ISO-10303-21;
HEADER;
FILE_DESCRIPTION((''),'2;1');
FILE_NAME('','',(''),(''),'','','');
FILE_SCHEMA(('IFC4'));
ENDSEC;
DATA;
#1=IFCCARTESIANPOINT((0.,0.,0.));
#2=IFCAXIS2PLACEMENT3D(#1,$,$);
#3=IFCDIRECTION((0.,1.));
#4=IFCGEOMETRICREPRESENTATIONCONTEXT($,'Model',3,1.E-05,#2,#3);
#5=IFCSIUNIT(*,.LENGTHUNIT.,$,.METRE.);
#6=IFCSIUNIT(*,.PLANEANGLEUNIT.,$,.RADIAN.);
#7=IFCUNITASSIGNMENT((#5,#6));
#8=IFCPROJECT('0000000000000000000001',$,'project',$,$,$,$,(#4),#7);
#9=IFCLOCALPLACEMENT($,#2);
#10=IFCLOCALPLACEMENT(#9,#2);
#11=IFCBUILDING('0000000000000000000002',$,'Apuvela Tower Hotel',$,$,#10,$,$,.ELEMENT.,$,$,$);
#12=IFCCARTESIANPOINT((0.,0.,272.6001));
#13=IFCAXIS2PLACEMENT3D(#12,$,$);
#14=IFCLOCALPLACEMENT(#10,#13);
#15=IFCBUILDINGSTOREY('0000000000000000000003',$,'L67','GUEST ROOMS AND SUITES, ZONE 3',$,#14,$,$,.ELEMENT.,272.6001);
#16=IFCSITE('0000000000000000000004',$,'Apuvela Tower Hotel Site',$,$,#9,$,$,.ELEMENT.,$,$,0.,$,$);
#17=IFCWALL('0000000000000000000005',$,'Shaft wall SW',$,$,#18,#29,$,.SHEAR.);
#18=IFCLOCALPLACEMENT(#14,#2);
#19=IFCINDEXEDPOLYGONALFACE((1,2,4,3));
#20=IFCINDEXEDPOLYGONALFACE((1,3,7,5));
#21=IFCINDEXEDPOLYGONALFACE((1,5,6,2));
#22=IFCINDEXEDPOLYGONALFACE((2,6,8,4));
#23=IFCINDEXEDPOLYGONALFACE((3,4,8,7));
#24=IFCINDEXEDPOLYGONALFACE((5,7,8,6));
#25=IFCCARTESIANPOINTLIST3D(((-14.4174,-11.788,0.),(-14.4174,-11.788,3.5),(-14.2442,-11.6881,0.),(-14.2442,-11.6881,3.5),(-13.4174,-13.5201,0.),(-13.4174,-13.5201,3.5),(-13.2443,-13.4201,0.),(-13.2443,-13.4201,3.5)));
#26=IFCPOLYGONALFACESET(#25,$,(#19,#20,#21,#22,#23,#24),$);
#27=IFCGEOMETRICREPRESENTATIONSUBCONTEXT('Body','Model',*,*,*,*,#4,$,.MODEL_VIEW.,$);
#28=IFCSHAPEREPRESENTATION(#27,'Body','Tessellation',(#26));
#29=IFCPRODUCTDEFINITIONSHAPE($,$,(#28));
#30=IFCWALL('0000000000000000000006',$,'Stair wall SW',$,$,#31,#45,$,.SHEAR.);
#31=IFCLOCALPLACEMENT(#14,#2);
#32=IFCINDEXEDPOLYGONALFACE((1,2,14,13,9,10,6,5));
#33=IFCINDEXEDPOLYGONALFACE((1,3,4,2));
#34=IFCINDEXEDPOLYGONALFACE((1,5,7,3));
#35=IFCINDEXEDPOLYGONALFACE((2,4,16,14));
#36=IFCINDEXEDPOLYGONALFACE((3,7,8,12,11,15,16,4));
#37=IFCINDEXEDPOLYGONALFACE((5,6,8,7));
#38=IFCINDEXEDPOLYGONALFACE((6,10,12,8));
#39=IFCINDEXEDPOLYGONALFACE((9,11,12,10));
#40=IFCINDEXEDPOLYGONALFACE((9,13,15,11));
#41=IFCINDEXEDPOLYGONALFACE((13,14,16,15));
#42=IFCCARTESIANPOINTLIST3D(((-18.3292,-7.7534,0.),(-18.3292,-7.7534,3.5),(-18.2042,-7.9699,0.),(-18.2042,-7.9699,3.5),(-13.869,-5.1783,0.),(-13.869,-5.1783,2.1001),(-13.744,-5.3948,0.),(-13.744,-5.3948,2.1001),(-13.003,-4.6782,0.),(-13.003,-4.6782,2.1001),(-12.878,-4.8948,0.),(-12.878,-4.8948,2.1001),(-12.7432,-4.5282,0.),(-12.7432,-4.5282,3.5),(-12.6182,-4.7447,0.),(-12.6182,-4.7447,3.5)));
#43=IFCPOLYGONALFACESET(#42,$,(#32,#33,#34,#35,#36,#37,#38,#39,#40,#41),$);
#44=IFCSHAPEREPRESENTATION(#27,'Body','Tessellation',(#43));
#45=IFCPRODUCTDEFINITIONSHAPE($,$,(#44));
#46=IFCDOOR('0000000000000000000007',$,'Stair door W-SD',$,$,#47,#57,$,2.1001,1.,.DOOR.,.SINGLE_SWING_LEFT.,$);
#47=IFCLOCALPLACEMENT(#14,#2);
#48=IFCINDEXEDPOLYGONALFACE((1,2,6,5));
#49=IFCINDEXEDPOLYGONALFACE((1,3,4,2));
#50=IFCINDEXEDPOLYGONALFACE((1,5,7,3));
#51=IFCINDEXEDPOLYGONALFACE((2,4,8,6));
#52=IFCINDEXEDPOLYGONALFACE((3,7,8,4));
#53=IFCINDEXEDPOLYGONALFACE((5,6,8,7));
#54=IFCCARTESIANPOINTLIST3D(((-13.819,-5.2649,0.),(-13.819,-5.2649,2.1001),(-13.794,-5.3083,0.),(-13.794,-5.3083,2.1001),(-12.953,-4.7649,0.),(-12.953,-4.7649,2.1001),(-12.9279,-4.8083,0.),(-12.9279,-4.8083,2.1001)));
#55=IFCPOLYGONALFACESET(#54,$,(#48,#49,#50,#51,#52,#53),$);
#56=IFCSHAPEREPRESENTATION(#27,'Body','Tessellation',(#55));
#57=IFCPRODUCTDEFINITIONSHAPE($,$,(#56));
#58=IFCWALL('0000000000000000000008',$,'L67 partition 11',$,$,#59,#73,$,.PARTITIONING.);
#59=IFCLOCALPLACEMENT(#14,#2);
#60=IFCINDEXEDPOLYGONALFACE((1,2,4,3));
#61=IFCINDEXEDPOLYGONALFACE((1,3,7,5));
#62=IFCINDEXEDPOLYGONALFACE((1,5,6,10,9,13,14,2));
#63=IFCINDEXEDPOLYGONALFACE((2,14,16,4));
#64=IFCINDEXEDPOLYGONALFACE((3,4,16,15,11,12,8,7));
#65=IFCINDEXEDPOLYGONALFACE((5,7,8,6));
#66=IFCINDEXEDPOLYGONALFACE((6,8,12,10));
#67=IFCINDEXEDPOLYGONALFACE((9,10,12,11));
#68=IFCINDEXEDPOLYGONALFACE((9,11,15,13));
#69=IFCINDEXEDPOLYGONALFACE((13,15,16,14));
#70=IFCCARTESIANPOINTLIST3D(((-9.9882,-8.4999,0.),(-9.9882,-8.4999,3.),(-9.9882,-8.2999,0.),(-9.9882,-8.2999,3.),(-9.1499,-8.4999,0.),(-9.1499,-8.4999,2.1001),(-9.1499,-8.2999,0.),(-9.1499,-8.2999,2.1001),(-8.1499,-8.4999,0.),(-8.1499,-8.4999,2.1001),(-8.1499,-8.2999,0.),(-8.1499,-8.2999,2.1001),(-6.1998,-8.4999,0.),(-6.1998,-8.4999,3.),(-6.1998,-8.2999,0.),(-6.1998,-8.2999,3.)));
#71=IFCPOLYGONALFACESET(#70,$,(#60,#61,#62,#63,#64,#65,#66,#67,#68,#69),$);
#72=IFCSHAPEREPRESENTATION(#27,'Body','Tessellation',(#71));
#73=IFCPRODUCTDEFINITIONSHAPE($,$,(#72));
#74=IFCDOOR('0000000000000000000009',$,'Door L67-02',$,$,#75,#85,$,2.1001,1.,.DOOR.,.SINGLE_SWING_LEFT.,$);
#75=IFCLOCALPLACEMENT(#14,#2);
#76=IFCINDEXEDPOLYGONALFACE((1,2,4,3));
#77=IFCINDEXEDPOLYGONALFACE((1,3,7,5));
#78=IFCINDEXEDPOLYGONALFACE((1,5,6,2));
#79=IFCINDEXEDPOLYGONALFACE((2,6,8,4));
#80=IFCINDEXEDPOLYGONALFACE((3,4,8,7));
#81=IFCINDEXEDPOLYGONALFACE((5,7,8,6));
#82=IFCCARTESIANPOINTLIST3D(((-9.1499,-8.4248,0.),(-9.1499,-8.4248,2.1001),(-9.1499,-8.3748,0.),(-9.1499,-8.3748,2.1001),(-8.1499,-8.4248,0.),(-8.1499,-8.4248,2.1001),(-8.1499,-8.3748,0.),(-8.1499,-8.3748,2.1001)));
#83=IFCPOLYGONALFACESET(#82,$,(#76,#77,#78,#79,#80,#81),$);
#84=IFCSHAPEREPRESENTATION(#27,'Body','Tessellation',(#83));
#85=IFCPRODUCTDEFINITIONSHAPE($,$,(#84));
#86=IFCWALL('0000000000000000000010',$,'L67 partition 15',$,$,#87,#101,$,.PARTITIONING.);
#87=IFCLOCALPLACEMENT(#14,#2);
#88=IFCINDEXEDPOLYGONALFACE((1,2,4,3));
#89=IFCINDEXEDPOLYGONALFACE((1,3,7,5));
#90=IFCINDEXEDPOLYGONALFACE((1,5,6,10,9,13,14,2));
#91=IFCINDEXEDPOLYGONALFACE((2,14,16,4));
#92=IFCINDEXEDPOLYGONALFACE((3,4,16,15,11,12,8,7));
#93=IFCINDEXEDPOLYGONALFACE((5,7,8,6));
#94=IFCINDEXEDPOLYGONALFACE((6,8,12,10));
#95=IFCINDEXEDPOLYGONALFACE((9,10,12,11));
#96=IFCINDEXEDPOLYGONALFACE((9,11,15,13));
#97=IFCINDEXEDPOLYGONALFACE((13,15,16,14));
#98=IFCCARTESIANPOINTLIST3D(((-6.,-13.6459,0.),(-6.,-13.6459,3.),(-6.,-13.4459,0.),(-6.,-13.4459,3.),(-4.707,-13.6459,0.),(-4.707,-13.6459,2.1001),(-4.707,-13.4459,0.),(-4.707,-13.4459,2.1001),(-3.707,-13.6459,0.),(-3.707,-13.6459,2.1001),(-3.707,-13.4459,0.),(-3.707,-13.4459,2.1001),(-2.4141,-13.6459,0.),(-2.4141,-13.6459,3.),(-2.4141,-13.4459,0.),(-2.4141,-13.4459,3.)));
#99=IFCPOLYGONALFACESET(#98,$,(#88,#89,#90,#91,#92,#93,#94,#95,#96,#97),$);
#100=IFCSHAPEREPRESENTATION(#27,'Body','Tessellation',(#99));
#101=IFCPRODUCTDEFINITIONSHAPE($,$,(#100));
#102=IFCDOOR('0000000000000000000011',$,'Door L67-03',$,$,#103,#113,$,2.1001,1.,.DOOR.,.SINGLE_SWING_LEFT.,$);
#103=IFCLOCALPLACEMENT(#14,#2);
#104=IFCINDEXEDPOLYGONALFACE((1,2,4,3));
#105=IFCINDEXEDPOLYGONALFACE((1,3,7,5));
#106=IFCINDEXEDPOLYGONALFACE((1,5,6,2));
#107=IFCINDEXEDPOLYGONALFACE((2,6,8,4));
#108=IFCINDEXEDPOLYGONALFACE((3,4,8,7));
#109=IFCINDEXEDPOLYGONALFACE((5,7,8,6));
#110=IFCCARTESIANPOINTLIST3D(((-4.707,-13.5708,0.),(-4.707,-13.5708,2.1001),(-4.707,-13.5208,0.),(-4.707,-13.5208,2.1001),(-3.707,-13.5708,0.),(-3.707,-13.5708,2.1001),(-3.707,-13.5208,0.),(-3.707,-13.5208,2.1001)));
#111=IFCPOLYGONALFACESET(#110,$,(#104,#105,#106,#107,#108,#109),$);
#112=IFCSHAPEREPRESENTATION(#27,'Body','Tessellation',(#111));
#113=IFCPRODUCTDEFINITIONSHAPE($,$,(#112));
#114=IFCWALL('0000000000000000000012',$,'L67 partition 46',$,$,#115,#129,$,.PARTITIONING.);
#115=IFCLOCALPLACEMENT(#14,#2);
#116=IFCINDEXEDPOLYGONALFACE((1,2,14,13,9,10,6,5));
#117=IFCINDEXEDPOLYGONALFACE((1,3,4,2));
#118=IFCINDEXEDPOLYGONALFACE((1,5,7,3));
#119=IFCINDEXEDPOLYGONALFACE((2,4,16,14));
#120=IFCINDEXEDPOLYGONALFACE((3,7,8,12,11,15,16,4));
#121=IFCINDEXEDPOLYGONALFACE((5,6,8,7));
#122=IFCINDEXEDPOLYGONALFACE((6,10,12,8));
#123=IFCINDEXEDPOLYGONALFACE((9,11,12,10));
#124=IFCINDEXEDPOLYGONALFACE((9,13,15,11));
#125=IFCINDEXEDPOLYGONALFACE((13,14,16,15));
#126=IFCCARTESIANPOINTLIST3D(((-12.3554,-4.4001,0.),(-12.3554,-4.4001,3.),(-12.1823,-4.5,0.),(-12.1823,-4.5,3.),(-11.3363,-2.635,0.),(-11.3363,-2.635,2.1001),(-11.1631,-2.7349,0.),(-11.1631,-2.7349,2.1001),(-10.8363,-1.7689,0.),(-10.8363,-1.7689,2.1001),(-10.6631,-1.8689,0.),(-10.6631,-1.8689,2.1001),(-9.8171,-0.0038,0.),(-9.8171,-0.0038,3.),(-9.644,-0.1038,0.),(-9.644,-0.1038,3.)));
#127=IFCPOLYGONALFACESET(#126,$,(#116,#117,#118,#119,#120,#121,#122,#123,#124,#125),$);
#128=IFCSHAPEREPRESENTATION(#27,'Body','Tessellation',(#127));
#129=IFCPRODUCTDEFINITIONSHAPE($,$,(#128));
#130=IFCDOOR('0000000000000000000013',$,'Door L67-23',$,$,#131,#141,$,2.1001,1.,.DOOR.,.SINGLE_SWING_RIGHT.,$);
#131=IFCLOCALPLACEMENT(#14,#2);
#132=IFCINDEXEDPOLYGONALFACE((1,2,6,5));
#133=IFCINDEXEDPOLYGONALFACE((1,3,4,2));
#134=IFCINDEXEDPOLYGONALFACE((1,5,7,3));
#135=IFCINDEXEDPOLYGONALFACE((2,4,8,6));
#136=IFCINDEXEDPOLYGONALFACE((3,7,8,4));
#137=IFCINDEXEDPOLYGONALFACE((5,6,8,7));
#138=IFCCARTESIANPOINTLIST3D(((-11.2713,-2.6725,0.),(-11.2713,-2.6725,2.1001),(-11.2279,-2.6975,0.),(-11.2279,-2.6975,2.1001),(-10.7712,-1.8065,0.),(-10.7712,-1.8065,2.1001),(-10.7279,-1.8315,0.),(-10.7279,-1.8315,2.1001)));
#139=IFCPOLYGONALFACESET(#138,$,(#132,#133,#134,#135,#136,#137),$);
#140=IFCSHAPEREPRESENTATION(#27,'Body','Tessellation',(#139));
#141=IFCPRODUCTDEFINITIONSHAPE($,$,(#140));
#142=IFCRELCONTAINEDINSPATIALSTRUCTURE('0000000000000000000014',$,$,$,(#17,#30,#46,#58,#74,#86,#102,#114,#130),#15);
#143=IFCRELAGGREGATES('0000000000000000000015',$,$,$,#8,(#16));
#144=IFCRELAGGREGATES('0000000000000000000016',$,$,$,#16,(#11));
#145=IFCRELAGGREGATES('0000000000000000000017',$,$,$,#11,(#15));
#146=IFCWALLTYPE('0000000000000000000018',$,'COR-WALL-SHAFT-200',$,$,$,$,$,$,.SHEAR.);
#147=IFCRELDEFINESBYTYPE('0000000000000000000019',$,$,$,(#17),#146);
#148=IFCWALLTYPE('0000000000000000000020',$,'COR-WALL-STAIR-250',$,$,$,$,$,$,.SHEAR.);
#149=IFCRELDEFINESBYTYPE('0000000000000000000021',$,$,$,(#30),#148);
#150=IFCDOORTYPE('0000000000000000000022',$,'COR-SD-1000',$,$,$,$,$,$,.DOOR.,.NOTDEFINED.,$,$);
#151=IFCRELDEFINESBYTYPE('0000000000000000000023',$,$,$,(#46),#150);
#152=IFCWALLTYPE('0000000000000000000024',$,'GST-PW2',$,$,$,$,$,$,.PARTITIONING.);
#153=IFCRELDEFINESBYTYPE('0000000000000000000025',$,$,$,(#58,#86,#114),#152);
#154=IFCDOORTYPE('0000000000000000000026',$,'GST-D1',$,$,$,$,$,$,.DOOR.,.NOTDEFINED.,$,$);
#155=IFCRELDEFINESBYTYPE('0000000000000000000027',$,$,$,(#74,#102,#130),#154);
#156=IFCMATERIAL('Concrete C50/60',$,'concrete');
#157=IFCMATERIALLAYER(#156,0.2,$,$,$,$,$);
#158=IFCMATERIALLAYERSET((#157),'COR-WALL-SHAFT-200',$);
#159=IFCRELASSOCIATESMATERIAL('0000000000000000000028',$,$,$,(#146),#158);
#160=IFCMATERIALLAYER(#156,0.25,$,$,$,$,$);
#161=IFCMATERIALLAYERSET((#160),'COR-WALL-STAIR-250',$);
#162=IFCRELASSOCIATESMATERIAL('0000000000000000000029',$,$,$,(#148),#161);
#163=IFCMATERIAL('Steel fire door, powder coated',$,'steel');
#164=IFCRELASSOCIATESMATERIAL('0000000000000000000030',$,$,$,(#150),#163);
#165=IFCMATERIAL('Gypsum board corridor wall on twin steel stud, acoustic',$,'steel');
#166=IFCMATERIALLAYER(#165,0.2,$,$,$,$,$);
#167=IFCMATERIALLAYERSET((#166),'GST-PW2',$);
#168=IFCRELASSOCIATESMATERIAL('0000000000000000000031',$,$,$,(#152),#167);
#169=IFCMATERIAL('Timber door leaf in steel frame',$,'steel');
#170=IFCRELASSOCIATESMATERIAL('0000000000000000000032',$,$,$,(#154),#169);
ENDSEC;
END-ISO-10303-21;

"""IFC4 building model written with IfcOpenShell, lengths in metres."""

from ifc_helpers import new_model, si_unit, direction, frame, frame_2d, origin, place, context, subcontext, project, spatial, rectangle, extrude, material, layer, layer_set, type_object, element, fill, save


model = new_model("IFC4")

# Units and contexts
model_context = context("Model", 3, precision=1e-05, world=origin(), true_north=direction((0.0, 1.0)))
body_context = subcontext(model_context, "Body", "Model", "MODEL_VIEW")
ifc_project = project(units=[si_unit("LENGTHUNIT", "METRE"), si_unit("PLANEANGLEUNIT", "RADIAN")], contexts=[model_context])

# Site, building, storey
site_placement = place(None, origin())
site = spatial("IfcSite", under=ifc_project, at=site_placement, Name="Apuvela Tower Hotel Site", CompositionType="ELEMENT", RefElevation=0.0)
building_placement = place(site_placement, origin())
building = spatial("IfcBuilding", under=site, at=building_placement, Name="Apuvela Tower Hotel", CompositionType="ELEMENT")
storey_placement = place(building_placement, frame((0.0, 0.0, 272.6001)))
storey = spatial("IfcBuildingStorey", under=building, at=storey_placement, Name="L67", Description="GUEST ROOMS AND SUITES, ZONE 3", CompositionType="ELEMENT", Elevation=272.6001)

# Shared definitions
ifc_material_1 = material(Name="Concrete C50/60", Category="concrete")

# Shared definitions
ifc_layer_1 = layer(ifc_material_1, 0.2)
ifc_layer_set_1 = layer_set([ifc_layer_1], Name="COR-WALL-SHAFT-200")
wall_type_1 = type_object("IfcWallType", Name="COR-WALL-SHAFT-200", PredefinedType="SHEAR", material=ifc_layer_set_1)

# Shared definitions
ifc_material_2 = material(Name="Steel fire door, powder coated", Category="steel")

# Wall
wall_1_placement = place(storey_placement, frame((-14.3308, -11.738, 0.0), z_axis=(0.0, 0.0, 1.0), x_axis=(0.499973, -0.866041, 0.0)))
element("IfcWall", 1, at=wall_1_placement, inside=storey, type_object=wall_type_1, Name="Shaft wall SW", PredefinedType="SHEAR", context=body_context, shape_type="SweptSolid", body=[
    extrude(rectangle(XDim=2.0, YDim=0.2, at=frame_2d((1.0, 0.0))), origin(), (0.0, 0.0, 1.0), 3.5),
])

# Walls, openings, doors
ifc_layer_2 = layer(ifc_material_1, 0.25)
ifc_layer_set_2 = layer_set([ifc_layer_2], Name="COR-WALL-STAIR-250")
wall_type_2 = type_object("IfcWallType", Name="COR-WALL-STAIR-250", PredefinedType="SHEAR", material=ifc_layer_set_2)
wall_2_placement = place(storey_placement, frame((-12.6807, -4.6365, 0.0), z_axis=(0.0, 0.0, 1.0), x_axis=(-0.866022, -0.500006, 0.0)))
wall_2 = element("IfcWall", 2, at=wall_2_placement, inside=storey, type_object=wall_type_2, Name="Stair wall SW", PredefinedType="SHEAR", context=body_context, shape_type="SweptSolid", body=[
    extrude(rectangle(XDim=6.4502, YDim=0.25, at=frame_2d((3.2251, 0.0))), origin(), (0.0, 0.0, 1.0), 3.5),
])
opening_1_placement = place(wall_2_placement, frame((0.3, 0.0, 0.0)))
opening_1 = element("IfcOpeningElement", 3, at=opening_1_placement, cuts=wall_2, PredefinedType="OPENING", context=body_context, shape_type="SweptSolid", body=[
    extrude(rectangle(XDim=1.0, YDim=2.1001, at=frame_2d((0.5, 1.05))), frame((0.0, 0.135, 0.0), z_axis=(0.0, -1.0, 0.0), x_axis=(1.0, 0.0, 0.0)), (0.0, 0.0, 1.0), 0.27),
])
door_type_1 = type_object("IfcDoorType", Name="COR-SD-1000", OperationType="NOTDEFINED", PredefinedType="DOOR", material=ifc_material_2)
door_1_placement = place(opening_1_placement, frame((1.0, 0.0, 0.0), z_axis=(0.0, 0.0, 1.0), x_axis=(-1.0, 0.0, 0.0)))
door_1 = element("IfcDoor", 4, at=door_1_placement, inside=storey, type_object=door_type_1, Name="Stair door W-SD", OperationType="SINGLE_SWING_LEFT", OverallHeight=2.1001, OverallWidth=1.0, PredefinedType="DOOR", context=body_context, shape_type="SweptSolid", body=[
    extrude(rectangle(XDim=1.0, YDim=2.1001, at=frame_2d((0.5, 1.05))), frame((0.0, 0.0249, 0.0), z_axis=(0.0, -1.0, 0.0), x_axis=(1.0, 0.0, 0.0)), (0.0, 0.0, 1.0), 0.05),
])
fill(opening_1, door_1)
ifc_material_3 = material(Name="Gypsum board corridor wall on twin steel stud, acoustic", Category="steel")
ifc_layer_3 = layer(ifc_material_3, 0.2)
ifc_layer_set_3 = layer_set([ifc_layer_3], Name="GST-PW2")
wall_type_3 = type_object("IfcWallType", Name="GST-PW2", PredefinedType="PARTITIONING", material=ifc_layer_set_3)
wall_3_placement = place(storey_placement, frame((-6.2, -8.3999, 0.0), z_axis=(0.0, 0.0, 1.0), x_axis=(-1.0, 0.0, 0.0)))
wall_3 = element("IfcWall", 5, at=wall_3_placement, inside=storey, type_object=wall_type_3, Name="L67 partition 11", PredefinedType="PARTITIONING", context=body_context, shape_type="SweptSolid", body=[
    extrude(rectangle(XDim=3.7883, YDim=0.2, at=frame_2d((1.894, 0.0))), origin(), (0.0, 0.0, 1.0), 3.0),
])
opening_2_placement = place(wall_3_placement, frame((1.95, 0.0, 0.0)))
opening_2 = element("IfcOpeningElement", 6, at=opening_2_placement, cuts=wall_3, PredefinedType="OPENING", context=body_context, shape_type="SweptSolid", body=[
    extrude(rectangle(XDim=1.0, YDim=2.1001, at=frame_2d((0.5, 1.05))), frame((0.0, 0.1099, 0.0), z_axis=(0.0, -1.0, 0.0), x_axis=(1.0, 0.0, 0.0)), (0.0, 0.0, 1.0), 0.22),
])
ifc_material_4 = material(Name="Timber door leaf in steel frame", Category="steel")
door_type_2 = type_object("IfcDoorType", Name="GST-D1", OperationType="NOTDEFINED", PredefinedType="DOOR", material=ifc_material_4)
door_2_placement = place(opening_2_placement, origin())
door_2 = element("IfcDoor", 7, at=door_2_placement, inside=storey, type_object=door_type_2, Name="Door L67-02", OperationType="SINGLE_SWING_LEFT", OverallHeight=2.1001, OverallWidth=1.0, PredefinedType="DOOR", context=body_context, shape_type="SweptSolid", body=[
    extrude(rectangle(XDim=1.0, YDim=2.1001, at=frame_2d((0.5, 1.05))), frame((0.0, 0.0249, 0.0), z_axis=(0.0, -1.0, 0.0), x_axis=(1.0, 0.0, 0.0)), (0.0, 0.0, 1.0), 0.05),
])
fill(opening_2, door_2)
wall_4_placement = place(storey_placement, frame((-2.4141, -13.5459, 0.0), z_axis=(0.0, 0.0, 1.0), x_axis=(-1.0, 0.0, 0.0)))
wall_4 = element("IfcWall", 8, at=wall_4_placement, inside=storey, type_object=wall_type_3, Name="L67 partition 15", PredefinedType="PARTITIONING", context=body_context, shape_type="SweptSolid", body=[
    extrude(rectangle(XDim=3.5859, YDim=0.2, at=frame_2d((1.793, 0.0))), origin(), (0.0, 0.0, 1.0), 3.0),
])
opening_3_placement = place(wall_4_placement, frame((1.293, 0.0, 0.0)))
opening_3 = element("IfcOpeningElement", 9, at=opening_3_placement, cuts=wall_4, PredefinedType="OPENING", context=body_context, shape_type="SweptSolid", body=[
    extrude(rectangle(XDim=1.0, YDim=2.1001, at=frame_2d((0.5, 1.05))), frame((0.0, 0.1099, 0.0), z_axis=(0.0, -1.0, 0.0), x_axis=(1.0, 0.0, 0.0)), (0.0, 0.0, 1.0), 0.22),
])
door_3_placement = place(opening_3_placement, origin())
door_3 = element("IfcDoor", 10, at=door_3_placement, inside=storey, type_object=door_type_2, Name="Door L67-03", OperationType="SINGLE_SWING_LEFT", OverallHeight=2.1001, OverallWidth=1.0, PredefinedType="DOOR", context=body_context, shape_type="SweptSolid", body=[
    extrude(rectangle(XDim=1.0, YDim=2.1001, at=frame_2d((0.5, 1.05))), frame((0.0, 0.0249, 0.0), z_axis=(0.0, -1.0, 0.0), x_axis=(1.0, 0.0, 0.0)), (0.0, 0.0, 1.0), 0.05),
])
fill(opening_3, door_3)
wall_5_placement = place(storey_placement, frame((-12.2688, -4.45, 0.0), z_axis=(0.0, 0.0, 1.0), x_axis=(0.500024, 0.866012, 0.0)))
wall_5 = element("IfcWall", 11, at=wall_5_placement, inside=storey, type_object=wall_type_3, Name="L67 partition 46", PredefinedType="PARTITIONING", context=body_context, shape_type="SweptSolid", body=[
    extrude(rectangle(XDim=5.0764, YDim=0.2, at=frame_2d((2.5381, 0.0))), origin(), (0.0, 0.0, 1.0), 3.0),
])
opening_4_placement = place(wall_5_placement, frame((2.0381, 0.0, 0.0)))
opening_4 = element("IfcOpeningElement", 12, at=opening_4_placement, cuts=wall_5, PredefinedType="OPENING", context=body_context, shape_type="SweptSolid", body=[
    extrude(rectangle(XDim=1.0, YDim=2.1001, at=frame_2d((0.5, 1.05))), frame((0.0, 0.1099, 0.0), z_axis=(0.0, -1.0, 0.0), x_axis=(1.0, 0.0, 0.0)), (0.0, 0.0, 1.0), 0.22),
])
door_4_placement = place(opening_4_placement, origin())
door_4 = element("IfcDoor", 13, at=door_4_placement, inside=storey, type_object=door_type_2, Name="Door L67-23", OperationType="SINGLE_SWING_RIGHT", OverallHeight=2.1001, OverallWidth=1.0, PredefinedType="DOOR", context=body_context, shape_type="SweptSolid", body=[
    extrude(rectangle(XDim=1.0, YDim=2.1001, at=frame_2d((0.5, 1.05))), frame((0.0, 0.0249, 0.0), z_axis=(0.0, -1.0, 0.0), x_axis=(1.0, 0.0, 0.0)), (0.0, 0.0, 1.0), 0.05),
])
fill(opening_4, door_4)

save(model, "model.ifc")
